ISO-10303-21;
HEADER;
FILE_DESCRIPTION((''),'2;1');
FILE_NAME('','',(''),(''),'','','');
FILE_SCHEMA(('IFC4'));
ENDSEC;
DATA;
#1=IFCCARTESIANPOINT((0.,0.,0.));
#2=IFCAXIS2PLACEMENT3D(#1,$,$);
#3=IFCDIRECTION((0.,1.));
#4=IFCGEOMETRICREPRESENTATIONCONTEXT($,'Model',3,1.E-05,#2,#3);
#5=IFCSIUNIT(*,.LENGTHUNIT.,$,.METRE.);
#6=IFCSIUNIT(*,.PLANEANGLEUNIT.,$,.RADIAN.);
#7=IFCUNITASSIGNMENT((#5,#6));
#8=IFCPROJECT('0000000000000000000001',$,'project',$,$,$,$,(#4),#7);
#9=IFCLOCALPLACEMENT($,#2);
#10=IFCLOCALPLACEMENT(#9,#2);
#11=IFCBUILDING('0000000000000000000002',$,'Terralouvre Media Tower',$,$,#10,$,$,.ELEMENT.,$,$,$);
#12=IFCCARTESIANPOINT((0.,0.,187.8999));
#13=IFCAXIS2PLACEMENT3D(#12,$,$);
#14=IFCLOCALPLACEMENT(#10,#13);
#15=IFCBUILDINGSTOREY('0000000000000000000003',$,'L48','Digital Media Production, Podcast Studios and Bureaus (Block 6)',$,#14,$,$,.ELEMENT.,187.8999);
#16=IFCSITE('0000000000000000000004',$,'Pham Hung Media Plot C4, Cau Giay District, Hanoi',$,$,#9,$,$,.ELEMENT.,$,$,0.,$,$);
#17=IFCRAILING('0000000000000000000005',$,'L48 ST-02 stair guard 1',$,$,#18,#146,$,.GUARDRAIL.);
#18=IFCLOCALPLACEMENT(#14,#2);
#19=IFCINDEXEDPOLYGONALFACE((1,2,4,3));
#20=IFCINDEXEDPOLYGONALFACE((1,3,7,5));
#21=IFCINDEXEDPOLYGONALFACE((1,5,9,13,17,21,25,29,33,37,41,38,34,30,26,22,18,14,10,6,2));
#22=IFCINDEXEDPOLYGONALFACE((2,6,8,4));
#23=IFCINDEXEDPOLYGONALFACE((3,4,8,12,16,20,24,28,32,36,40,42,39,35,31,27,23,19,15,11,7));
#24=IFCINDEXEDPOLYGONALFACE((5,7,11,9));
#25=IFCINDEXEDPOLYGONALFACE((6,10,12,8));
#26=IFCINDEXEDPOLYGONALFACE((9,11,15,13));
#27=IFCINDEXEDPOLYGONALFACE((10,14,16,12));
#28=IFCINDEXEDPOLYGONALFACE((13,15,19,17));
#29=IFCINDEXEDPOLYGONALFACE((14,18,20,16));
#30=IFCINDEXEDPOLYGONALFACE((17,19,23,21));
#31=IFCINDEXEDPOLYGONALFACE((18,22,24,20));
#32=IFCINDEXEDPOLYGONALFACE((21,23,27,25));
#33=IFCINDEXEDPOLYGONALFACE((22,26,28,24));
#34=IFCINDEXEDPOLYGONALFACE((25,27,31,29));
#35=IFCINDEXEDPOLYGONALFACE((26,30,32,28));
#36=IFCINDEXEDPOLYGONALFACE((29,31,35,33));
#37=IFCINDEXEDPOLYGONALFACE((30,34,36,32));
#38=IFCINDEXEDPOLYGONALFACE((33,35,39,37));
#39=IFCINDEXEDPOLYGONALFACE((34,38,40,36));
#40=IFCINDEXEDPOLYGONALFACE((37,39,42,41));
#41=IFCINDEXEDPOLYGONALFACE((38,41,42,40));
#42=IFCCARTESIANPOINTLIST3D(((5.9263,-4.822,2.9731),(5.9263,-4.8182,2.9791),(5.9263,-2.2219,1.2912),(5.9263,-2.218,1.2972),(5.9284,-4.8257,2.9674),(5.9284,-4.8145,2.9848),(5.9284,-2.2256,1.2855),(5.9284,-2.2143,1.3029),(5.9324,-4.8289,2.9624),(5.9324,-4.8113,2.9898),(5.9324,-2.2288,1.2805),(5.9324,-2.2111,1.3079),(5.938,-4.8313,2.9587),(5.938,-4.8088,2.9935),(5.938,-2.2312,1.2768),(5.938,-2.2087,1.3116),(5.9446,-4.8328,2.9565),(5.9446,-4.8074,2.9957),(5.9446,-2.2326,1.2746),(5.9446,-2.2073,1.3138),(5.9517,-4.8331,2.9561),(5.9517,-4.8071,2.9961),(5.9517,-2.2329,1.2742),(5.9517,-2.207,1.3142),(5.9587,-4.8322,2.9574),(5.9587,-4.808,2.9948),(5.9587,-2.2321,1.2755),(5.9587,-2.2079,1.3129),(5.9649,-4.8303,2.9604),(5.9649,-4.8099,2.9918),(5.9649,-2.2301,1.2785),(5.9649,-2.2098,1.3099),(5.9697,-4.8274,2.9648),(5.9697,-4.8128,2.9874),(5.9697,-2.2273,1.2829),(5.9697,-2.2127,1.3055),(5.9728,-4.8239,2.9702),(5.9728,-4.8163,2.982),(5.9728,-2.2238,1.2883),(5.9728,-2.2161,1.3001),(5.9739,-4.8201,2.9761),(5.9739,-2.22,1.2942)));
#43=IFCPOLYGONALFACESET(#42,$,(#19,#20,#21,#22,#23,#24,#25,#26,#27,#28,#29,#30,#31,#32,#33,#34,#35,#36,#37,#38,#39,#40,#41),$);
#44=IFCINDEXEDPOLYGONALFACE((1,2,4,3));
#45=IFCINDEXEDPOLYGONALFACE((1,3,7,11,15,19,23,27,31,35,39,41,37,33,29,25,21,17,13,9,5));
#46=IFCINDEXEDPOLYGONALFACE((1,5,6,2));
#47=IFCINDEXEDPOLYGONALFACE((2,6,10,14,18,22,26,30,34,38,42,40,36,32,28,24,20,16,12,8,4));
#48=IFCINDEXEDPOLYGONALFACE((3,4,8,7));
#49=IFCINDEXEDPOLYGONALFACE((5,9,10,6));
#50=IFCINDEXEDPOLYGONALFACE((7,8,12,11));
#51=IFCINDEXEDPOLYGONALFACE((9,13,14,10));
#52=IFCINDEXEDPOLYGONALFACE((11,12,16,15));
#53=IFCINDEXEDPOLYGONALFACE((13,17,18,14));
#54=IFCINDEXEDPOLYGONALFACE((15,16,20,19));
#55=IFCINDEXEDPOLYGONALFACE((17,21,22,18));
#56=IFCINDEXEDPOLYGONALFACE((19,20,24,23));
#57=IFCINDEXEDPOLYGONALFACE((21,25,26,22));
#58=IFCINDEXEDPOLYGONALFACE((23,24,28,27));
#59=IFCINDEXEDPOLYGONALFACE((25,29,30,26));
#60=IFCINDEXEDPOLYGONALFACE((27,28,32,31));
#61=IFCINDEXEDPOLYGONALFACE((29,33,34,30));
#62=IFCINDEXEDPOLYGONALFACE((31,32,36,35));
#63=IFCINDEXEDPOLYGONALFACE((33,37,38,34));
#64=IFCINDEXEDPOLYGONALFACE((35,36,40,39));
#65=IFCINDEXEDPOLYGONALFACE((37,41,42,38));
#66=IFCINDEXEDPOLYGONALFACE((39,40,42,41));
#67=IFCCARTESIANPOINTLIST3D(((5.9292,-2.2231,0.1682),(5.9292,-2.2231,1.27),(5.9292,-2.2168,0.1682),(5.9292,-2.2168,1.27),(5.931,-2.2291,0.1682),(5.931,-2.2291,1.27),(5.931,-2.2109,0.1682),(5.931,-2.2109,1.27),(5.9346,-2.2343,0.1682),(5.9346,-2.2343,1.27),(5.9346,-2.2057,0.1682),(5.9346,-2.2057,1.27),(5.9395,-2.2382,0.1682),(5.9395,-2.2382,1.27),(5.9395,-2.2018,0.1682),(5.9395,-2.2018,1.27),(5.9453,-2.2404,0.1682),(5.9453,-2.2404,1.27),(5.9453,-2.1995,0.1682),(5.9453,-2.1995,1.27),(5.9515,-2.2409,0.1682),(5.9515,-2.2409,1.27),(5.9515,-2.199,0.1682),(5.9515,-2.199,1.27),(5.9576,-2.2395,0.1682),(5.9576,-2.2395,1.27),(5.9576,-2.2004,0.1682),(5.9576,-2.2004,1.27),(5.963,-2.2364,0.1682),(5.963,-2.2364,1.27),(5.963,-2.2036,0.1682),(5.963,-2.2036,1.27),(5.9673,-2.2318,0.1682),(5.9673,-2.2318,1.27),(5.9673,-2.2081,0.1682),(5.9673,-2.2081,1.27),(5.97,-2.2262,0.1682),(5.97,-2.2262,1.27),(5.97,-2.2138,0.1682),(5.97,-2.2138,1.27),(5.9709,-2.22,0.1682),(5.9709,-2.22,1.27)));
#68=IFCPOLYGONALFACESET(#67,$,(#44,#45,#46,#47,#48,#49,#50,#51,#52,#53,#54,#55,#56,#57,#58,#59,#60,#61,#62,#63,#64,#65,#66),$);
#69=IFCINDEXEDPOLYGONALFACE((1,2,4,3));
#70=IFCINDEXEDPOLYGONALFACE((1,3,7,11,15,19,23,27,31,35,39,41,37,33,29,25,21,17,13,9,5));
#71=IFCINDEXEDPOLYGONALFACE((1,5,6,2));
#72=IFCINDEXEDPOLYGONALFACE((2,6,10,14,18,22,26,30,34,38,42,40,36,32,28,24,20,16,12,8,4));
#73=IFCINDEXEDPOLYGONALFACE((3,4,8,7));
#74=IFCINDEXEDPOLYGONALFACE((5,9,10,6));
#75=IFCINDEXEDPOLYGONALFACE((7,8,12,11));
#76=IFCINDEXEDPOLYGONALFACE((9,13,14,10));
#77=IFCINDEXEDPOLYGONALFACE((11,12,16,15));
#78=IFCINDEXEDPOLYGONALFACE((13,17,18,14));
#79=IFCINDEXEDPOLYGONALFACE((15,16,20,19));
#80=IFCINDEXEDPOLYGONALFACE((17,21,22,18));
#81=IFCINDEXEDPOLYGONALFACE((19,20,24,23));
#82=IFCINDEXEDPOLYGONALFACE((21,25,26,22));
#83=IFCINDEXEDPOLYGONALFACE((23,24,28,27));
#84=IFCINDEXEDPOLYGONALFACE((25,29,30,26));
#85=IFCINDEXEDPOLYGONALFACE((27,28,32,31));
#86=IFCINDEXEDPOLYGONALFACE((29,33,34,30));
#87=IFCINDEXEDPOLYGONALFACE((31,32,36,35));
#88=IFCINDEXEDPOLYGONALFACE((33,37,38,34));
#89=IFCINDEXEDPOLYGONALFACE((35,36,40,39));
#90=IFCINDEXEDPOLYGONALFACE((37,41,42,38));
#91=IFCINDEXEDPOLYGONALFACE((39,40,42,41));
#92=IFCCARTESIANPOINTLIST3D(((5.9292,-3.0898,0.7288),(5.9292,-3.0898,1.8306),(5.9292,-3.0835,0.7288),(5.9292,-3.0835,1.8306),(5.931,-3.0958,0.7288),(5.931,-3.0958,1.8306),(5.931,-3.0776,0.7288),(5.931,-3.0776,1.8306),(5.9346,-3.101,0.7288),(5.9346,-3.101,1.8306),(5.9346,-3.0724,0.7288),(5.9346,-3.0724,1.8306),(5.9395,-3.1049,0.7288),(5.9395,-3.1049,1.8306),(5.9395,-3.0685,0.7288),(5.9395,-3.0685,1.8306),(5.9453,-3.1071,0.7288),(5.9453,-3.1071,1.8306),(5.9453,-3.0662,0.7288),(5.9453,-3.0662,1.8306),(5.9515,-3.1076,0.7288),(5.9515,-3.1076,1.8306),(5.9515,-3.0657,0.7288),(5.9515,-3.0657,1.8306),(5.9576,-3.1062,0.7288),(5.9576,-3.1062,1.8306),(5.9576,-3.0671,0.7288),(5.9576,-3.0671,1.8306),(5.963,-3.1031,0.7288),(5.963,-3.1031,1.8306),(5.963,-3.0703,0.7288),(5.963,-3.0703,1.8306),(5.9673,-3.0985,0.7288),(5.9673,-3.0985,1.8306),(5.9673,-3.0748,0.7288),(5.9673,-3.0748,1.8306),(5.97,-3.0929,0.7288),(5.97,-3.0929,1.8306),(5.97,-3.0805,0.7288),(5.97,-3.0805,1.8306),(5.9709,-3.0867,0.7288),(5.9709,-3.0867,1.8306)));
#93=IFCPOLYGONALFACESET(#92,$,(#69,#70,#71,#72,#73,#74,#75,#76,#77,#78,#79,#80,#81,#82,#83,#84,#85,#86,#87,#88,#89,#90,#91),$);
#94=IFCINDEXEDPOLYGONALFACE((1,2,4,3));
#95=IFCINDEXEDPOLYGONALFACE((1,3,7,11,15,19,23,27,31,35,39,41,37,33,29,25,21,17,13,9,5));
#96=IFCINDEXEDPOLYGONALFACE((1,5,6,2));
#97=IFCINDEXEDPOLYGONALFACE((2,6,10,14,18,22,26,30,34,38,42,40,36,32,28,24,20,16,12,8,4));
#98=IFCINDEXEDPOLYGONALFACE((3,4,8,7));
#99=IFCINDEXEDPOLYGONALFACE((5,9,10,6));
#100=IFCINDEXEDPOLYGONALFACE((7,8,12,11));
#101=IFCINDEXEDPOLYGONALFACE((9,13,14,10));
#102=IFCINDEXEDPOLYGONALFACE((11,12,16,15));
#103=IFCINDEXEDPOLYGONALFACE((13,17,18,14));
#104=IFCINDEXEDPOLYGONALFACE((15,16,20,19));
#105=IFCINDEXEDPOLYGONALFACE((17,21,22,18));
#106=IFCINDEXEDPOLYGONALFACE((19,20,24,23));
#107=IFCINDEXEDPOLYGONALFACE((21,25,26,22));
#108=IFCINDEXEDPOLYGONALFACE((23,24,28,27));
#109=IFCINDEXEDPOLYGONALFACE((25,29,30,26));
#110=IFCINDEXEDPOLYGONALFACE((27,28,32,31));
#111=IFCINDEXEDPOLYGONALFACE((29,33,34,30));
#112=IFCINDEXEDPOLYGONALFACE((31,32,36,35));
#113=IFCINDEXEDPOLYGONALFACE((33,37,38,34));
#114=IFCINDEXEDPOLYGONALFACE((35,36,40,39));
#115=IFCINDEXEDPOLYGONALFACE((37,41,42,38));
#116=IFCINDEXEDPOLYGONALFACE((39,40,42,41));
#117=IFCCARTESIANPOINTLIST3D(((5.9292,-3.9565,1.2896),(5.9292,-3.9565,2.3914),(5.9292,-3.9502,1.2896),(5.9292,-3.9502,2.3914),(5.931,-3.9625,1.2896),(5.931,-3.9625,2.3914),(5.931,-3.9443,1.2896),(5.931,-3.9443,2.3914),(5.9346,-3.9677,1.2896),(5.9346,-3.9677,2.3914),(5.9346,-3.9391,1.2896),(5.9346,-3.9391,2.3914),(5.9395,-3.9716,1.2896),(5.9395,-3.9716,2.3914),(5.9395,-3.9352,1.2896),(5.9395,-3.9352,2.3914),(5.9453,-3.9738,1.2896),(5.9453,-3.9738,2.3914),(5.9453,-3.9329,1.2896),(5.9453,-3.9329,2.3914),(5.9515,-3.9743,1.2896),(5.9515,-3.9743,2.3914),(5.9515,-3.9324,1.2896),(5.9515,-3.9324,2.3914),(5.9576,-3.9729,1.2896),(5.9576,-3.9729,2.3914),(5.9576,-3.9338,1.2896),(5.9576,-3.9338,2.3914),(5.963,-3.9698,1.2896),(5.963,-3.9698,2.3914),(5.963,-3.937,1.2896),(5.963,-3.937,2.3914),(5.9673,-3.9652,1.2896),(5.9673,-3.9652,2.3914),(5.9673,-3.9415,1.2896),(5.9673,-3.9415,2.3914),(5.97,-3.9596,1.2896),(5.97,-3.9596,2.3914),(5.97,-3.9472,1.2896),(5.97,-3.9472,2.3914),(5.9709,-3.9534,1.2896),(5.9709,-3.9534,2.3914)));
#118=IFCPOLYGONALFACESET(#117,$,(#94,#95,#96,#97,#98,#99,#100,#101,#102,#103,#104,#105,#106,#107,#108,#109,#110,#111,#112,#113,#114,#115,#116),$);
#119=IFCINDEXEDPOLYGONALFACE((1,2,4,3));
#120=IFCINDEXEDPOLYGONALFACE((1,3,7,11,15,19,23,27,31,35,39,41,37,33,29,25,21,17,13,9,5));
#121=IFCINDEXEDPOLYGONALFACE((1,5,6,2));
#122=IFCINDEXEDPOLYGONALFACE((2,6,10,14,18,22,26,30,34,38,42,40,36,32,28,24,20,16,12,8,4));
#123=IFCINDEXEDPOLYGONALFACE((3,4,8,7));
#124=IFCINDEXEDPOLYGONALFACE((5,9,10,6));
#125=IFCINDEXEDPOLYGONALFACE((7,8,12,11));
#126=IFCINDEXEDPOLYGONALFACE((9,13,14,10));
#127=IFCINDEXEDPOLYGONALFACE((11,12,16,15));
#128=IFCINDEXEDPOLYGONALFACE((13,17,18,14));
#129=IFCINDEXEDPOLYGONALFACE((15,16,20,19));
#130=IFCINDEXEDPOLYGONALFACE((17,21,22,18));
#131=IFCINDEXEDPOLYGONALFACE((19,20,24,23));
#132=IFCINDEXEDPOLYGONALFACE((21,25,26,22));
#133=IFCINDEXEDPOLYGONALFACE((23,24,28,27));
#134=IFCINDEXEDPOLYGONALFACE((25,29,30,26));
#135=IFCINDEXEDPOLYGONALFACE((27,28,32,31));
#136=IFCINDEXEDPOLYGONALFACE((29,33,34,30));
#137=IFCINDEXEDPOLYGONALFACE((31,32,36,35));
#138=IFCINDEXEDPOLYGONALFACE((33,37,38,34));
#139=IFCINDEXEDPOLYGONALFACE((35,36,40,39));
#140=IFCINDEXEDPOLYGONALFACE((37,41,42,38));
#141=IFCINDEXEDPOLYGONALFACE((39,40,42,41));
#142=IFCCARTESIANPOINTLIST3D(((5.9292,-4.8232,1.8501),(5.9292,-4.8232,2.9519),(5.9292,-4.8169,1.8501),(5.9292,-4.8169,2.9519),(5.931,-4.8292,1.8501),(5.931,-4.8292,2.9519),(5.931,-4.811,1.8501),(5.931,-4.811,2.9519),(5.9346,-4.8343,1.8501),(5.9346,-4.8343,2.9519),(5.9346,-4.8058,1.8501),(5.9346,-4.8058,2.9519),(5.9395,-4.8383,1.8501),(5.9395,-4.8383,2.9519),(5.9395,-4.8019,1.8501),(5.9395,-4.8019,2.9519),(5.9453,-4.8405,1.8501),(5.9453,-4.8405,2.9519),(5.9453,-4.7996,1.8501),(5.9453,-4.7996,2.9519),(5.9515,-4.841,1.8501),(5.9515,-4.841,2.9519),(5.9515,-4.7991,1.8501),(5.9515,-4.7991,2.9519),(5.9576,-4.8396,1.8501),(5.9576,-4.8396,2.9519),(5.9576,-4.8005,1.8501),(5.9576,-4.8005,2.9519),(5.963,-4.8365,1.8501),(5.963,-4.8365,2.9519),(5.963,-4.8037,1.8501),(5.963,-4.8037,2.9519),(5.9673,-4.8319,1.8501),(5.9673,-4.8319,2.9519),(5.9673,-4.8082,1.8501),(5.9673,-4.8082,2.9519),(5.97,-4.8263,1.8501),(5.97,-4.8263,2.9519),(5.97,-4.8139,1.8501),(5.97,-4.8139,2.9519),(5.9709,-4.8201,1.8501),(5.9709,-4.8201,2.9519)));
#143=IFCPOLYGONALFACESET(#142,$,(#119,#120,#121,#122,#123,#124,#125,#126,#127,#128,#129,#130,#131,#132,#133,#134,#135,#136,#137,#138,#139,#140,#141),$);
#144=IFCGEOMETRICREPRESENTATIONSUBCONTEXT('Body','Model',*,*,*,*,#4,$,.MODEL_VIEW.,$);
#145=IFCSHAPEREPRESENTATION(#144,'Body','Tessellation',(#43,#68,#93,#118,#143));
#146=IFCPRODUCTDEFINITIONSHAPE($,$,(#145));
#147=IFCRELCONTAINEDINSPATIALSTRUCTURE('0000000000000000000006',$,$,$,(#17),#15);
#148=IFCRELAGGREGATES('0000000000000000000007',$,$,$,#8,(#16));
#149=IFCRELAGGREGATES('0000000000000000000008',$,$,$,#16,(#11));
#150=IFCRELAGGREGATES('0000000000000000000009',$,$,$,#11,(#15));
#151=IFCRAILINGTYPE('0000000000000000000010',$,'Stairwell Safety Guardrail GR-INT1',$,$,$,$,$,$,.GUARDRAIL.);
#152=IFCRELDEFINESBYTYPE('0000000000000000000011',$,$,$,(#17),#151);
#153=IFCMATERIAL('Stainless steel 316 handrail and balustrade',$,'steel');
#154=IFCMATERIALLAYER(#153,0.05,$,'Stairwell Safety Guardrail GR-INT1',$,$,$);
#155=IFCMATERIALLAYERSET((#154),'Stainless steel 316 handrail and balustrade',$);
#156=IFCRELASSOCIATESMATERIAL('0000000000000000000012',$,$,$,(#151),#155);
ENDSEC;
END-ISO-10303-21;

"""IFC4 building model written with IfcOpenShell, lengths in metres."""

from ifc_helpers import new_model, si_unit, direction, frame, origin, origin_2d, place, context, subcontext, project, spatial, circle, extrude, material, layer, layer_set, type_object, element, save


model = new_model("IFC4")

# Units and contexts
model_context = context("Model", 3, precision=1e-05, world=origin(), true_north=direction((0.0, 1.0)))
body_context = subcontext(model_context, "Body", "Model", "MODEL_VIEW")
ifc_project = project(units=[si_unit("LENGTHUNIT", "METRE"), si_unit("PLANEANGLEUNIT", "RADIAN")], contexts=[model_context])

# Site, building, storey
site_placement = place(None, origin())
site = spatial("IfcSite", under=ifc_project, at=site_placement, Name="Pham Hung Media Plot C4, Cau Giay District, Hanoi", CompositionType="ELEMENT", RefElevation=0.0)
building_placement = place(site_placement, origin())
building = spatial("IfcBuilding", under=site, at=building_placement, Name="Terralouvre Media Tower", CompositionType="ELEMENT")
storey_placement = place(building_placement, frame((0.0, 0.0, 187.8999)))
storey = spatial("IfcBuildingStorey", under=building, at=storey_placement, Name="L48", Description="Digital Media Production, Podcast Studios and Bureaus (Block 6)", CompositionType="ELEMENT", Elevation=187.8999)

# Railing
ifc_material_1 = material(Name="Stainless steel 316 handrail and balustrade", Category="steel")
ifc_layer_1 = layer(ifc_material_1, 0.05, Name="Stairwell Safety Guardrail GR-INT1")
ifc_layer_set_1 = layer_set([ifc_layer_1], Name="Stainless steel 316 handrail and balustrade")
railing_type_1 = type_object("IfcRailingType", Name="Stairwell Safety Guardrail GR-INT1", PredefinedType="GUARDRAIL", material=ifc_layer_set_1)
railing_1_placement = place(storey_placement, frame((5.95, -2.22, 0.1682)))
element("IfcRailing", 1, at=railing_1_placement, inside=storey, type_object=railing_type_1, Name="L48 ST-02 stair guard 1", PredefinedType="GUARDRAIL", context=body_context, shape_type="SweptSolid", body=[
    extrude(circle(Radius=0.0239, at=origin_2d()), frame((0.0, 0.0, 1.126), z_axis=(0.0, -0.839648, 0.54313), x_axis=(1.0, 0.0, 0.0)), (0.0, 0.0, 1.0), 3.0967),
    extrude(circle(Radius=0.021, at=origin_2d()), origin(), (0.0, 0.0, 1.0), 1.1018),
    extrude(circle(Radius=0.021, at=origin_2d()), frame((0.0, -0.8667, 0.5605)), (0.0, 0.0, 1.0), 1.1018),
    extrude(circle(Radius=0.021, at=origin_2d()), frame((0.0, -1.7334, 1.1213)), (0.0, 0.0, 1.0), 1.1018),
    extrude(circle(Radius=0.021, at=origin_2d()), frame((0.0, -2.6001, 1.6819)), (0.0, 0.0, 1.0), 1.1018),
])

save(model, "model.ifc")
